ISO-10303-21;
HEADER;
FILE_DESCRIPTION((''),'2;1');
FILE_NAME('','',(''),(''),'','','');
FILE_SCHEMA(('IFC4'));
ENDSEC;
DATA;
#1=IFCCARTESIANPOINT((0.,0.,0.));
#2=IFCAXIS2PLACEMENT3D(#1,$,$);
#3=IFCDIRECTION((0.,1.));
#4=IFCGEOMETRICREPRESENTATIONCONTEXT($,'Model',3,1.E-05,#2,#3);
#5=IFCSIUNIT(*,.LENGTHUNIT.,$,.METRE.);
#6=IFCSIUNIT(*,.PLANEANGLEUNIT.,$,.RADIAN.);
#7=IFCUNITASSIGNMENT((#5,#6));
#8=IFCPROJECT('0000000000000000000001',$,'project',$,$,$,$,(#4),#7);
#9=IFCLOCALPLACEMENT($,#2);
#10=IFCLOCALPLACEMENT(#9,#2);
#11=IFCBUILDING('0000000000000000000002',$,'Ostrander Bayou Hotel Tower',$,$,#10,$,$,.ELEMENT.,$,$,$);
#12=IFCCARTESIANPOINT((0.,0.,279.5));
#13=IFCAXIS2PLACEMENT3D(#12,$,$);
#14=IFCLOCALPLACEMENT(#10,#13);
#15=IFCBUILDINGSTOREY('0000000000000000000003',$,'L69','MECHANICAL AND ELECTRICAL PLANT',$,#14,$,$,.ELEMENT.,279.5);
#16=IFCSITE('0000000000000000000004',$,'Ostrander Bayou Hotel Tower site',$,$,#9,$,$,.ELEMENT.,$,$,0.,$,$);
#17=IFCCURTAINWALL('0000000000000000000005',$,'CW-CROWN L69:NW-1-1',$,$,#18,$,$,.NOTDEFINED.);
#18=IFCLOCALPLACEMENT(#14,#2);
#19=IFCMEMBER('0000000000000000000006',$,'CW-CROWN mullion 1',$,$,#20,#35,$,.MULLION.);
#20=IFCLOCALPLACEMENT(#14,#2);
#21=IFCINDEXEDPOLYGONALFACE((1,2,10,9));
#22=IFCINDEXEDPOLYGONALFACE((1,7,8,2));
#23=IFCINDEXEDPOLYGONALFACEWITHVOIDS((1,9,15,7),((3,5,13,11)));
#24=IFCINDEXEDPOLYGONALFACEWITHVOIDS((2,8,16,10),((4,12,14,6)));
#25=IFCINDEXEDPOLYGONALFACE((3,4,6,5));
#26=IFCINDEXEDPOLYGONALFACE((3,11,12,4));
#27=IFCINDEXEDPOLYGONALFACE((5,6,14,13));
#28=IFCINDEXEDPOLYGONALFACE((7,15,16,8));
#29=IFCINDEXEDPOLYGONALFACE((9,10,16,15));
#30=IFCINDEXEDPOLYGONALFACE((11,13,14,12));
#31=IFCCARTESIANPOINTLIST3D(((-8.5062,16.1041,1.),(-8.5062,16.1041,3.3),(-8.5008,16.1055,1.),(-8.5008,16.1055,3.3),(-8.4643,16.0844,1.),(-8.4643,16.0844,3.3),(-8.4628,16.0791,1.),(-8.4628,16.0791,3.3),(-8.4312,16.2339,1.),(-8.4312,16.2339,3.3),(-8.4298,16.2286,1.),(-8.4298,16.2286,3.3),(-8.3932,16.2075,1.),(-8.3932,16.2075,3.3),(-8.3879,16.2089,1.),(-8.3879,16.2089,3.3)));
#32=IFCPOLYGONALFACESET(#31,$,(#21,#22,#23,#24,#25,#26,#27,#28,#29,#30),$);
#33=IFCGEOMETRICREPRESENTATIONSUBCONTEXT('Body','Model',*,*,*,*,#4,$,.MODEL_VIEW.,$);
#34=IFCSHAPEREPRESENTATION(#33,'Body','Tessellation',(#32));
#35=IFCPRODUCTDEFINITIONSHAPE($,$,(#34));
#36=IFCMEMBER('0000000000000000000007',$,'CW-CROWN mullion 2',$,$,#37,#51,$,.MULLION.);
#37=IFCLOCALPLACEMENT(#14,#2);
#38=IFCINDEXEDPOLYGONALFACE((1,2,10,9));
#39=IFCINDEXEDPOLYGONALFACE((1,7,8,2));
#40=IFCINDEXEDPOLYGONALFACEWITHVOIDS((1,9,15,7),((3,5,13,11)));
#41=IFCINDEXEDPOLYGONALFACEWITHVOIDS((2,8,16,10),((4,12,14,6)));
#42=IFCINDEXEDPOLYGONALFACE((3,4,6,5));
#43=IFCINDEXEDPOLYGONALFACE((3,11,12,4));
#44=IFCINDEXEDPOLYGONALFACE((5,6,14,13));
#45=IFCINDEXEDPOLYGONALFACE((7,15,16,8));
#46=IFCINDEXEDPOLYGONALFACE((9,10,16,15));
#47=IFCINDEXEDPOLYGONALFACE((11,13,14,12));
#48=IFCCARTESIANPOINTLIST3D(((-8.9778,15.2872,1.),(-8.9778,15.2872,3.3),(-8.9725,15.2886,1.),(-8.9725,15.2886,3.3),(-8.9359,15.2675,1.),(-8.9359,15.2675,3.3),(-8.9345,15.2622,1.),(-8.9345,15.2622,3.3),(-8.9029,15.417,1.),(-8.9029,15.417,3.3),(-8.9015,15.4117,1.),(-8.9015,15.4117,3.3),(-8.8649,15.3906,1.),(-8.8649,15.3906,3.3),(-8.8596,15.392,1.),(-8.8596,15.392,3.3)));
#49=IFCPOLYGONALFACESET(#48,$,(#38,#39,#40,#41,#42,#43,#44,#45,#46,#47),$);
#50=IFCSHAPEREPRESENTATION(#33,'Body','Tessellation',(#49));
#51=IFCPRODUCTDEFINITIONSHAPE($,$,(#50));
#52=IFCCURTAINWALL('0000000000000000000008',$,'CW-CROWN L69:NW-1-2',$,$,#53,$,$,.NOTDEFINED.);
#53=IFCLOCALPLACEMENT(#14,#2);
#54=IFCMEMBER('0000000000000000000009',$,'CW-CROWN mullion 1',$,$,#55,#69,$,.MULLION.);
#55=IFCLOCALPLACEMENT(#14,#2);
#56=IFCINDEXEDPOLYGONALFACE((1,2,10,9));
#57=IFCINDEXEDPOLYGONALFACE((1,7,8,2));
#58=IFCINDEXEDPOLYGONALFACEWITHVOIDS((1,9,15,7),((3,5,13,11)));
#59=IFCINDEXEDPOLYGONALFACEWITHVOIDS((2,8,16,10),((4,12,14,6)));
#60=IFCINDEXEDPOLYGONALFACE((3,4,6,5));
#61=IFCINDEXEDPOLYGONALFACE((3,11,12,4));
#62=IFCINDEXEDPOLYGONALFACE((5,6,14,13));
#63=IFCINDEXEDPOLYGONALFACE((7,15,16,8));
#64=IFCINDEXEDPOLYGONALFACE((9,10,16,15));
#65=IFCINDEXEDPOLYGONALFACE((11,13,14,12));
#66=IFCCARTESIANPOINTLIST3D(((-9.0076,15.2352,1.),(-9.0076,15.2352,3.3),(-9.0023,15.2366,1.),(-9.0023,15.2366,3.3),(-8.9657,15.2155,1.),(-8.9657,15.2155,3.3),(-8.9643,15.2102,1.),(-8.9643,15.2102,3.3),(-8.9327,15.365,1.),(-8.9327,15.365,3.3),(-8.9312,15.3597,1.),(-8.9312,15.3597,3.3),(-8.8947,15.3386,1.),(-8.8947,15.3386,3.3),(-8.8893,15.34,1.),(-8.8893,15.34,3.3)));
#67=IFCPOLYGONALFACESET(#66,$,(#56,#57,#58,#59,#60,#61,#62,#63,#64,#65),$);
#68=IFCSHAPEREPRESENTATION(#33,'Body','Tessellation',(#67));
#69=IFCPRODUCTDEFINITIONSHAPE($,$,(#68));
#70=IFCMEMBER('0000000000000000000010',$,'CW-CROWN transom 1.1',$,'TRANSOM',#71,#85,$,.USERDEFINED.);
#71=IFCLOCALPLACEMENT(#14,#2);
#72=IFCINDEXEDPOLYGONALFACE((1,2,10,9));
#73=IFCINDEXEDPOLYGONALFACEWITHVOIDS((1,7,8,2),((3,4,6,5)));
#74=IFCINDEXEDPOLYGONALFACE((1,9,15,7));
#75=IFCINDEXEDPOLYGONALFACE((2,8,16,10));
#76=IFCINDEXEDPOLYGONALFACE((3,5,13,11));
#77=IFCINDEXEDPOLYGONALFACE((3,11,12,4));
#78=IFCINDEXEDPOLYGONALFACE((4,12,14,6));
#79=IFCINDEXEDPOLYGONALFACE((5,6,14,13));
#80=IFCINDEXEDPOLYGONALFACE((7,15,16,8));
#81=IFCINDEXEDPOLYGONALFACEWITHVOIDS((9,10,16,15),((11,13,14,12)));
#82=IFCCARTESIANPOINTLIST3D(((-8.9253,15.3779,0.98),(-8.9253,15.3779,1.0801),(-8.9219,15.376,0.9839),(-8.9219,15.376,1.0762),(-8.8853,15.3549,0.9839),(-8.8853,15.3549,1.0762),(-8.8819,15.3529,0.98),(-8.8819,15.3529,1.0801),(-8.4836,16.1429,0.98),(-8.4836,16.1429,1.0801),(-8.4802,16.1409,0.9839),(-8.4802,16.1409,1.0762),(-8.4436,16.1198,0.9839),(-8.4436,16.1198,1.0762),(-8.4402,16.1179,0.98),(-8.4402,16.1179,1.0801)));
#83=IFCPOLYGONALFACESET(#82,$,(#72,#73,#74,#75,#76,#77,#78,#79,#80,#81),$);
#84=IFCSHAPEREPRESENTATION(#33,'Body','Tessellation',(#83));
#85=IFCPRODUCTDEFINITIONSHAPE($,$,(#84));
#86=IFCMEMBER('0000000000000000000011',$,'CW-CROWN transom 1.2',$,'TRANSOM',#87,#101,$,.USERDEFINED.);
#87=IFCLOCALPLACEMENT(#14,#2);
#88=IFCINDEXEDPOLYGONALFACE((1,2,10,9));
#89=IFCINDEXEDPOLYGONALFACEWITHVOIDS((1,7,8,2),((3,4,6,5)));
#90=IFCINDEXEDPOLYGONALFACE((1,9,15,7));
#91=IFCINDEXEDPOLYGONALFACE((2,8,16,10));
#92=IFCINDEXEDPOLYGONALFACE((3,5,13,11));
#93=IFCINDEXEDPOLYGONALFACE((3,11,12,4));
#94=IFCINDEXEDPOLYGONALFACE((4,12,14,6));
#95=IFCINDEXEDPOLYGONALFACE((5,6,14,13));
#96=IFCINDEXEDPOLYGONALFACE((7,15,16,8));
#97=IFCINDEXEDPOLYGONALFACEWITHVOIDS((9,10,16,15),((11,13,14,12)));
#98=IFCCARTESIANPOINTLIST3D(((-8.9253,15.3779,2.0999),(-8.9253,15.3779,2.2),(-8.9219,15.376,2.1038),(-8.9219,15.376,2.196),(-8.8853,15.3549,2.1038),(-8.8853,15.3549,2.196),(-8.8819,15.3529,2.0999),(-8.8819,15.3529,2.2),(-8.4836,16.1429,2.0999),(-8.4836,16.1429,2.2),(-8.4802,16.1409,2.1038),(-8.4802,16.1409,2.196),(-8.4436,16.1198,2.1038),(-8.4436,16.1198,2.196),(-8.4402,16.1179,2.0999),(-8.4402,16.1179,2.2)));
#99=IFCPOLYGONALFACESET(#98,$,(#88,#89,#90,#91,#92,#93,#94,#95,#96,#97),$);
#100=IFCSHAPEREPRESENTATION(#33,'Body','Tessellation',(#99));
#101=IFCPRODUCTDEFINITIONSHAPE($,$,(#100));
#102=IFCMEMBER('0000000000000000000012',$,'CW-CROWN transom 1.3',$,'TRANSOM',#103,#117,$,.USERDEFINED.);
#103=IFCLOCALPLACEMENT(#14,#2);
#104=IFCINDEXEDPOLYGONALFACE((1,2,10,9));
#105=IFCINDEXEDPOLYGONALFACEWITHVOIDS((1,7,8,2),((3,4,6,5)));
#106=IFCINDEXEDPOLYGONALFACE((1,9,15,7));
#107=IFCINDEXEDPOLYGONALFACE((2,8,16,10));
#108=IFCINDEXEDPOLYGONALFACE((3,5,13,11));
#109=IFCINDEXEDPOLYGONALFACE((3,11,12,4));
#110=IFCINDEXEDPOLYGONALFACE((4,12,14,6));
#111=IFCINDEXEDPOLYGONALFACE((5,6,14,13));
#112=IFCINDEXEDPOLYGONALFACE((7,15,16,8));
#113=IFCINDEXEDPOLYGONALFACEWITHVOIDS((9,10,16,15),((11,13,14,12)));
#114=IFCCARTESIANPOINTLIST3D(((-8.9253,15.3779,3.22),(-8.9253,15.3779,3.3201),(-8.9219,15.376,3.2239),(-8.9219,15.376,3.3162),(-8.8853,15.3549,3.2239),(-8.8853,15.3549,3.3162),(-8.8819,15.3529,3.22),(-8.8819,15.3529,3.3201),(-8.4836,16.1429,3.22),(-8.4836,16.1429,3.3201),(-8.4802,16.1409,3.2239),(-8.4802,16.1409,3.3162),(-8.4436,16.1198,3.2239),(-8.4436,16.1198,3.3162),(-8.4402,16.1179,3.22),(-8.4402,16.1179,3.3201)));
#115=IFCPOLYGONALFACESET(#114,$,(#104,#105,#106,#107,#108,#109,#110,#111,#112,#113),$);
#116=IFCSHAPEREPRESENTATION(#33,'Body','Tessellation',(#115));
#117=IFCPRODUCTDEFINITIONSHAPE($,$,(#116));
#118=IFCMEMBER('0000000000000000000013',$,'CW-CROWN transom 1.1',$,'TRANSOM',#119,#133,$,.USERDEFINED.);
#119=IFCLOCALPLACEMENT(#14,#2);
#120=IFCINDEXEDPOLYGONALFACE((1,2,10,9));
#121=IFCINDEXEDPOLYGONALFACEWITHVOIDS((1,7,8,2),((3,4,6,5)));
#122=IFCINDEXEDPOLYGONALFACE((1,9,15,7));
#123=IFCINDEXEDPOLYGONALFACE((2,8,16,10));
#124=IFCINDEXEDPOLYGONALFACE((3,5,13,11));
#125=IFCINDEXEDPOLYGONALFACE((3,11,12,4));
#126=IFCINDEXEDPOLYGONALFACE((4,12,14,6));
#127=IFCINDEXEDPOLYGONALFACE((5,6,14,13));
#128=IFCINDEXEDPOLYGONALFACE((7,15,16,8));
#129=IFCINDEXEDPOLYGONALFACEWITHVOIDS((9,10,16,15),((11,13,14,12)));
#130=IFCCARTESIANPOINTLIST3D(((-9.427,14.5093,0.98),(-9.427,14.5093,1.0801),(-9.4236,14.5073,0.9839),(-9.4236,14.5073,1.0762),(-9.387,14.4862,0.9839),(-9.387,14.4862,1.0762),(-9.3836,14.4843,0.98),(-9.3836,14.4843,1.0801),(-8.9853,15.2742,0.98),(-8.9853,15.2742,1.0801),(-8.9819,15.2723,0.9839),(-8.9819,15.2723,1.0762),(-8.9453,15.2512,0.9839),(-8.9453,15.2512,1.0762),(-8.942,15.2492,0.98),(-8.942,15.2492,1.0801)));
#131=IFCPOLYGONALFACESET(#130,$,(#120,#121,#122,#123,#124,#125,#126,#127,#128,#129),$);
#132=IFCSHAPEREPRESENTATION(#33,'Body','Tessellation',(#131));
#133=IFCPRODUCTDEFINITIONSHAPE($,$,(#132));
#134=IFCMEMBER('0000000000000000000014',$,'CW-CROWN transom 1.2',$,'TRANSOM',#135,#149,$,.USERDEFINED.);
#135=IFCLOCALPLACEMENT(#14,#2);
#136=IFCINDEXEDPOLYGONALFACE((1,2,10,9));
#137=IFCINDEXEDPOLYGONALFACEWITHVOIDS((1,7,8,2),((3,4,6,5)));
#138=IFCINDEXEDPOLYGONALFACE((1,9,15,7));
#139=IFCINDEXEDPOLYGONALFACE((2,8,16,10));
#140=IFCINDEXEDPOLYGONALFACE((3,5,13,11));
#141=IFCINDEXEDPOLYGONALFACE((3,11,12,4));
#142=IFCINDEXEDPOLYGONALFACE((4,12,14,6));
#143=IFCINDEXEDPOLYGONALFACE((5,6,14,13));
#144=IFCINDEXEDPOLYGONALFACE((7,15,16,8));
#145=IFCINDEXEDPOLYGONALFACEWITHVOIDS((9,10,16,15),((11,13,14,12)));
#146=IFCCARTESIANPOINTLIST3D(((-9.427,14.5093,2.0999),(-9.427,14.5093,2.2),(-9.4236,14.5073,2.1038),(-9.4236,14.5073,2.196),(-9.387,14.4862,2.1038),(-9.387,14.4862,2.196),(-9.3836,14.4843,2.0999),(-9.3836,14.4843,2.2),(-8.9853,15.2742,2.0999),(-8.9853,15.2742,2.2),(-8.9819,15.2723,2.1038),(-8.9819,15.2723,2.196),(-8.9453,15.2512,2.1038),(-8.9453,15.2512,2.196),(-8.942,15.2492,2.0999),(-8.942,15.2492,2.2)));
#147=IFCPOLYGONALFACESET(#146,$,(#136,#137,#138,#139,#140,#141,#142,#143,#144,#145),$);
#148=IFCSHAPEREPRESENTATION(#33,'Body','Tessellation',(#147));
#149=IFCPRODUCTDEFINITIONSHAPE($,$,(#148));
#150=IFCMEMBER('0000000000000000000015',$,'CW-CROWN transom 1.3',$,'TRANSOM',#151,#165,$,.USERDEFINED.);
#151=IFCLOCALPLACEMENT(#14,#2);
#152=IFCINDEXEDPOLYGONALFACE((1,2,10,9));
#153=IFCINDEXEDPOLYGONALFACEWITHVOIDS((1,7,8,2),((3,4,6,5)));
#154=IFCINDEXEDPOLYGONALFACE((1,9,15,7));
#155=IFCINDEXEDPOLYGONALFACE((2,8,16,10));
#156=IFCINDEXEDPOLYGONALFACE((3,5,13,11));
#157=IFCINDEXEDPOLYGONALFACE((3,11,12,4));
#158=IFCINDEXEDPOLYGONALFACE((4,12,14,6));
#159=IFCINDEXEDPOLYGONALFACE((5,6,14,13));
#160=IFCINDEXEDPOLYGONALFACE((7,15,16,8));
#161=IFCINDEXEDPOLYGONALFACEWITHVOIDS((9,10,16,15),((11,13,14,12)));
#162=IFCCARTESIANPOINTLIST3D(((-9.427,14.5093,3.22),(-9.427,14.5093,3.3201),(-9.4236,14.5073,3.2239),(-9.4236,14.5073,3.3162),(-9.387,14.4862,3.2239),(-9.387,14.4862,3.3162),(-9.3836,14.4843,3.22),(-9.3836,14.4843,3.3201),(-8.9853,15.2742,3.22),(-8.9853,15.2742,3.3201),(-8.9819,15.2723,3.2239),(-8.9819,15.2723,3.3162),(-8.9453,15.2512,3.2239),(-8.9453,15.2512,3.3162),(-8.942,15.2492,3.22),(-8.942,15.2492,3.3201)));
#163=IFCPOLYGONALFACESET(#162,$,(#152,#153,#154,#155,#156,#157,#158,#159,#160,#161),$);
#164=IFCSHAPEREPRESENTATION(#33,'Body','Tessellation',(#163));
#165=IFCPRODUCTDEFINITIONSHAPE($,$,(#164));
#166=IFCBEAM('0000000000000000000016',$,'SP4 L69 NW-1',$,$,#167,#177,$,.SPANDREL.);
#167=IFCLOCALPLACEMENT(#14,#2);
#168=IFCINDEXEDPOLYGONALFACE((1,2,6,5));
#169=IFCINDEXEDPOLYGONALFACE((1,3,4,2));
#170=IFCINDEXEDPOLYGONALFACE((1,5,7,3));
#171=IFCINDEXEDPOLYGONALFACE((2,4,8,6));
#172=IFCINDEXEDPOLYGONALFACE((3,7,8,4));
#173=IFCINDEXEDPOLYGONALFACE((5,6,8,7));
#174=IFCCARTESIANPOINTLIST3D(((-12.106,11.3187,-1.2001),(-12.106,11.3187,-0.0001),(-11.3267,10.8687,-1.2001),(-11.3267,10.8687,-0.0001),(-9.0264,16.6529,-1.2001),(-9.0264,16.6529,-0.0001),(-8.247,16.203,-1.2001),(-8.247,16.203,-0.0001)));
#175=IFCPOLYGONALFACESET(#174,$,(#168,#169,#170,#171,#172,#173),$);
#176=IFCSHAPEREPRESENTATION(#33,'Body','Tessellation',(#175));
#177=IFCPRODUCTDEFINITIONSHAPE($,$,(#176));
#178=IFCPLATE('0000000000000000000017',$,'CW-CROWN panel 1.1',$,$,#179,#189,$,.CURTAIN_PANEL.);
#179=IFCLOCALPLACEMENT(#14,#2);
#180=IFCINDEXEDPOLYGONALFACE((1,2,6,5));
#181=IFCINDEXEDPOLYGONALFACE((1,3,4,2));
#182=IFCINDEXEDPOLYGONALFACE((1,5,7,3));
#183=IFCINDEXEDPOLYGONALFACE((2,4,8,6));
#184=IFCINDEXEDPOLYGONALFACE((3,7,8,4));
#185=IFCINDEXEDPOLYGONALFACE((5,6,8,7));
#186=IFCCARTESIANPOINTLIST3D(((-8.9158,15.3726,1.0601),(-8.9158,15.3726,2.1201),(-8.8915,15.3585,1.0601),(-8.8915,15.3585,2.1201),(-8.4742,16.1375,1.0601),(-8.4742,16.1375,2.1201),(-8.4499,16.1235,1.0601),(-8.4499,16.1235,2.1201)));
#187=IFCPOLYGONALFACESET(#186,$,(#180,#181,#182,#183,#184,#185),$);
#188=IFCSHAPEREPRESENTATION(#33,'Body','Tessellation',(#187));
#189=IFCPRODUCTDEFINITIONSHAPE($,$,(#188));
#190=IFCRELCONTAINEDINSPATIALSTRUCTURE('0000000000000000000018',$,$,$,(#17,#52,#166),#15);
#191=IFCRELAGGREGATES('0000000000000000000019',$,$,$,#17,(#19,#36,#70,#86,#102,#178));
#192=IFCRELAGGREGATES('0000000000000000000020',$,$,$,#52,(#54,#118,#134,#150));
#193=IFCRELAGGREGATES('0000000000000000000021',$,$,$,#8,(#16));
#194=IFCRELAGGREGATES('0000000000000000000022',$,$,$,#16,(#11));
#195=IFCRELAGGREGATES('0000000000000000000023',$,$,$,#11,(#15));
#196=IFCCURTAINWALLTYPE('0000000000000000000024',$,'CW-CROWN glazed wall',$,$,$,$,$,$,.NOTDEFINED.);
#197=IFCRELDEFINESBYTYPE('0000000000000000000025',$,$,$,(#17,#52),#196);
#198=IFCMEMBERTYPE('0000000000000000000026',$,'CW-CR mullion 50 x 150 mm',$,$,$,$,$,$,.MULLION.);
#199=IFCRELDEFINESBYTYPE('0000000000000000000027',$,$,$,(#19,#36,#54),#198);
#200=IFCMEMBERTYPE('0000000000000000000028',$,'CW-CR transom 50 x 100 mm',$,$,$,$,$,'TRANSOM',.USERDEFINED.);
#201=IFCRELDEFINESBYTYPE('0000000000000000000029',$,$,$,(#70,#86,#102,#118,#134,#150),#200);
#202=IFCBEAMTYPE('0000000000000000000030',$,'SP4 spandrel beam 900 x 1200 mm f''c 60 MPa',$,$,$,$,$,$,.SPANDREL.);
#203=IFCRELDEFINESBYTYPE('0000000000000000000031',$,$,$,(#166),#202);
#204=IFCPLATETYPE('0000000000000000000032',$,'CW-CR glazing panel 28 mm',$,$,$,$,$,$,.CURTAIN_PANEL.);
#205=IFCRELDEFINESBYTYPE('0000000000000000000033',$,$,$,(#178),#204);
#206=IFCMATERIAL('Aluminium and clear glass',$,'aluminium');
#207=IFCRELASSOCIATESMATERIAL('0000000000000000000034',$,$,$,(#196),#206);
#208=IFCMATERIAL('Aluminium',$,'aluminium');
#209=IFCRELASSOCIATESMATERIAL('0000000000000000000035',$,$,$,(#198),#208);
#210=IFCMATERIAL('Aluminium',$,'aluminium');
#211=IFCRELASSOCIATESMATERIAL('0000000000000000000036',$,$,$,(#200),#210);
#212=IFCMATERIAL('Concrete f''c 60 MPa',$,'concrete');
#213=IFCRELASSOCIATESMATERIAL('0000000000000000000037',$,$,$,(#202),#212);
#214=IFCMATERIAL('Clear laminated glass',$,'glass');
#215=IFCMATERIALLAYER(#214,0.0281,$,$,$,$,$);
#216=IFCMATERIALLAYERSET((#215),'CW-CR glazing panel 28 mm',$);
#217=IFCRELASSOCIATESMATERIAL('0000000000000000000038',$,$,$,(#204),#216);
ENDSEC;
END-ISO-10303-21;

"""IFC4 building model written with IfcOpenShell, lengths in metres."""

from ifc_helpers import new_model, si_unit, direction, frame, origin, origin_2d, place, context, subcontext, project, spatial, rectangle, hollow_rectangle, extrude, material, layer, layer_set, material_profile, profile_set, type_object, element, aggregate, save


model = new_model("IFC4")

# Units and contexts
model_context = context("Model", 3, precision=1e-05, world=origin(), true_north=direction((0.0, 1.0)))
body_context = subcontext(model_context, "Body", "Model", "MODEL_VIEW")
ifc_project = project(units=[si_unit("LENGTHUNIT", "METRE"), si_unit("PLANEANGLEUNIT", "RADIAN")], contexts=[model_context])

# Site, building, storey
site_placement = place(None, origin())
site = spatial("IfcSite", under=ifc_project, at=site_placement, Name="Ostrander Bayou Hotel Tower site", CompositionType="ELEMENT", RefElevation=0.0)
building_placement = place(site_placement, origin())
building = spatial("IfcBuilding", under=site, at=building_placement, Name="Ostrander Bayou Hotel Tower", CompositionType="ELEMENT")
storey_placement = place(building_placement, frame((0.0, 0.0, 279.5)))
storey = spatial("IfcBuildingStorey", under=building, at=storey_placement, Name="L69", Description="MECHANICAL AND ELECTRICAL PLANT", CompositionType="ELEMENT", Elevation=279.5)

# Curtain wall, members
ifc_material_1 = material(Name="Aluminium and clear glass", Category="aluminium")
curtain_wall_type = type_object("IfcCurtainWallType", Name="CW-CROWN glazed wall", PredefinedType="NOTDEFINED", material=ifc_material_1)
curtain_wall_1_placement = place(storey_placement, origin())
curtain_wall_1 = element("IfcCurtainWall", 1, at=curtain_wall_1_placement, inside=storey, type_object=curtain_wall_type, Name="CW-CROWN L69:NW-1-1", PredefinedType="NOTDEFINED")
ifc_material_2 = material(Name="Aluminium", Category="aluminium")
ifc_material_profile_1 = material_profile(ifc_material_2, hollow_rectangle(XDim=0.05, YDim=0.1499, WallThickness=0.0039, at=origin_2d()))
ifc_profile_set_1 = profile_set([ifc_material_profile_1], Name="Aluminium")
member_type_1 = type_object("IfcMemberType", Name="CW-CR mullion 50 x 150 mm", PredefinedType="MULLION", material=ifc_profile_set_1)
member_1_placement = place(storey_placement, frame((-8.447, 16.1565, 1.0), z_axis=(0.0, 0.0, 1.0), x_axis=(0.866026, -0.499999, 0.0)))
member_1 = element("IfcMember", 2, at=member_1_placement, type_object=member_type_1, Name="CW-CROWN mullion 1", PredefinedType="MULLION", context=body_context, shape_type="SweptSolid", body=[
    extrude(hollow_rectangle(XDim=0.05, YDim=0.1499, WallThickness=0.0039, at=origin_2d()), origin(), (0.0, 0.0, 1.0), 2.3),
])
member_2_placement = place(storey_placement, frame((-8.9187, 15.3396, 1.0), z_axis=(0.0, 0.0, 1.0), x_axis=(0.866026, -0.499999, 0.0)))
member_2 = element("IfcMember", 3, at=member_2_placement, type_object=member_type_1, Name="CW-CROWN mullion 2", PredefinedType="MULLION", context=body_context, shape_type="SweptSolid", body=[
    extrude(hollow_rectangle(XDim=0.05, YDim=0.1499, WallThickness=0.0039, at=origin_2d()), origin(), (0.0, 0.0, 1.0), 2.3),
])

# Curtain wall, member
curtain_wall_2_placement = place(storey_placement, origin())
curtain_wall_2 = element("IfcCurtainWall", 4, at=curtain_wall_2_placement, inside=storey, type_object=curtain_wall_type, Name="CW-CROWN L69:NW-1-2", PredefinedType="NOTDEFINED")
member_3_placement = place(storey_placement, frame((-8.9485, 15.2876, 1.0), z_axis=(0.0, 0.0, 1.0), x_axis=(0.866001, -0.500042, 0.0)))
member_3 = element("IfcMember", 5, at=member_3_placement, type_object=member_type_1, Name="CW-CROWN mullion 1", PredefinedType="MULLION", context=body_context, shape_type="SweptSolid", body=[
    extrude(hollow_rectangle(XDim=0.05, YDim=0.1499, WallThickness=0.0039, at=origin_2d()), origin(), (0.0, 0.0, 1.0), 2.3),
])

# Members
ifc_material_3 = material(Name="Aluminium", Category="aluminium")
ifc_material_profile_2 = material_profile(ifc_material_3, hollow_rectangle(XDim=0.05, YDim=0.1001, WallThickness=0.0039, at=origin_2d()))
ifc_profile_set_2 = profile_set([ifc_material_profile_2], Name="Aluminium")
member_type_2 = type_object("IfcMemberType", Name="CW-CR transom 50 x 100 mm", ElementType="TRANSOM", PredefinedType="USERDEFINED", material=ifc_profile_set_2)
member_4_placement = place(storey_placement, frame((-8.4619, 16.1304, 1.03), z_axis=(-0.500034, -0.866006, 0.0), x_axis=(0.866006, -0.500034, 0.0)))
member_4 = element("IfcMember", 6, at=member_4_placement, type_object=member_type_2, Name="CW-CROWN transom 1.1", ObjectType="TRANSOM", PredefinedType="USERDEFINED", context=body_context, shape_type="SweptSolid", body=[
    extrude(hollow_rectangle(XDim=0.05, YDim=0.1001, WallThickness=0.0039, at=origin_2d()), origin(), (0.0, 0.0, 1.0), 0.8833),
])
member_5_placement = place(storey_placement, frame((-8.4619, 16.1304, 2.1499), z_axis=(-0.500034, -0.866006, 0.0), x_axis=(0.866006, -0.500034, 0.0)))
member_5 = element("IfcMember", 7, at=member_5_placement, type_object=member_type_2, Name="CW-CROWN transom 1.2", ObjectType="TRANSOM", PredefinedType="USERDEFINED", context=body_context, shape_type="SweptSolid", body=[
    extrude(hollow_rectangle(XDim=0.05, YDim=0.1001, WallThickness=0.0039, at=origin_2d()), origin(), (0.0, 0.0, 1.0), 0.8833),
])
member_6_placement = place(storey_placement, frame((-8.4619, 16.1304, 3.27), z_axis=(-0.500034, -0.866006, 0.0), x_axis=(0.866006, -0.500034, 0.0)))
member_6 = element("IfcMember", 8, at=member_6_placement, type_object=member_type_2, Name="CW-CROWN transom 1.3", ObjectType="TRANSOM", PredefinedType="USERDEFINED", context=body_context, shape_type="SweptSolid", body=[
    extrude(hollow_rectangle(XDim=0.05, YDim=0.1001, WallThickness=0.0039, at=origin_2d()), origin(), (0.0, 0.0, 1.0), 0.8833),
])
member_7_placement = place(storey_placement, frame((-8.9636, 15.2617, 1.03), z_axis=(-0.500034, -0.866006, 0.0), x_axis=(0.866006, -0.500034, 0.0)))
member_7 = element("IfcMember", 9, at=member_7_placement, type_object=member_type_2, Name="CW-CROWN transom 1.1", ObjectType="TRANSOM", PredefinedType="USERDEFINED", context=body_context, shape_type="SweptSolid", body=[
    extrude(hollow_rectangle(XDim=0.05, YDim=0.1001, WallThickness=0.0039, at=origin_2d()), origin(), (0.0, 0.0, 1.0), 0.8833),
])
member_8_placement = place(storey_placement, frame((-8.9636, 15.2617, 2.1499), z_axis=(-0.500034, -0.866006, 0.0), x_axis=(0.866006, -0.500034, 0.0)))
member_8 = element("IfcMember", 10, at=member_8_placement, type_object=member_type_2, Name="CW-CROWN transom 1.2", ObjectType="TRANSOM", PredefinedType="USERDEFINED", context=body_context, shape_type="SweptSolid", body=[
    extrude(hollow_rectangle(XDim=0.05, YDim=0.1001, WallThickness=0.0039, at=origin_2d()), origin(), (0.0, 0.0, 1.0), 0.8833),
])
member_9_placement = place(storey_placement, frame((-8.9636, 15.2617, 3.27), z_axis=(-0.500034, -0.866006, 0.0), x_axis=(0.866006, -0.500034, 0.0)))
member_9 = element("IfcMember", 11, at=member_9_placement, type_object=member_type_2, Name="CW-CROWN transom 1.3", ObjectType="TRANSOM", PredefinedType="USERDEFINED", context=body_context, shape_type="SweptSolid", body=[
    extrude(hollow_rectangle(XDim=0.05, YDim=0.1001, WallThickness=0.0039, at=origin_2d()), origin(), (0.0, 0.0, 1.0), 0.8833),
])

# Beam
ifc_material_4 = material(Name="Concrete f'c 60 MPa", Category="concrete")
ifc_material_profile_3 = material_profile(ifc_material_4, rectangle(XDim=0.8999, YDim=1.2, at=origin_2d()))
ifc_profile_set_3 = profile_set([ifc_material_profile_3], Name="Concrete f'c 60 MPa")
beam_type = type_object("IfcBeamType", Name="SP4 spandrel beam 900 x 1200 mm f'c 60 MPa", PredefinedType="SPANDREL", material=ifc_profile_set_3)
beam_placement = place(storey_placement, frame((-8.6367, 16.428, -0.6001), z_axis=(-0.499984, -0.866034, 0.0), x_axis=(0.866034, -0.499984, 0.0)))
element("IfcBeam", 12, at=beam_placement, inside=storey, type_object=beam_type, Name="SP4 L69 NW-1", PredefinedType="SPANDREL", context=body_context, shape_type="SweptSolid", body=[
    extrude(rectangle(XDim=0.8999, YDim=1.2, at=origin_2d()), origin(), (0.0, 0.0, 1.0), 6.1594),
])

# Plate
ifc_material_5 = material(Name="Clear laminated glass", Category="glass")
ifc_layer_1 = layer(ifc_material_5, 0.0281)
ifc_layer_set_1 = layer_set([ifc_layer_1], Name="CW-CR glazing panel 28 mm")
plate_type = type_object("IfcPlateType", Name="CW-CR glazing panel 28 mm", PredefinedType="CURTAIN_PANEL", material=ifc_layer_set_1)
plate_1_placement = place(storey_placement, frame((-8.6829, 15.748, 1.0601), z_axis=(0.0, 0.0, 1.0), x_axis=(-0.499999, -0.866026, 0.0)))
plate_1 = element("IfcPlate", 13, at=plate_1_placement, type_object=plate_type, Name="CW-CROWN panel 1.1", PredefinedType="CURTAIN_PANEL", context=body_context, shape_type="SweptSolid", body=[
    extrude(rectangle(XDim=0.8833, YDim=0.0281, at=origin_2d()), origin(), (0.0, 0.0, 1.0), 1.0601),
])
aggregate(curtain_wall_1, [member_1, member_2, member_4, member_5, member_6, plate_1])
aggregate(curtain_wall_2, [member_3, member_7, member_8, member_9])

save(model, "model.ifc")
